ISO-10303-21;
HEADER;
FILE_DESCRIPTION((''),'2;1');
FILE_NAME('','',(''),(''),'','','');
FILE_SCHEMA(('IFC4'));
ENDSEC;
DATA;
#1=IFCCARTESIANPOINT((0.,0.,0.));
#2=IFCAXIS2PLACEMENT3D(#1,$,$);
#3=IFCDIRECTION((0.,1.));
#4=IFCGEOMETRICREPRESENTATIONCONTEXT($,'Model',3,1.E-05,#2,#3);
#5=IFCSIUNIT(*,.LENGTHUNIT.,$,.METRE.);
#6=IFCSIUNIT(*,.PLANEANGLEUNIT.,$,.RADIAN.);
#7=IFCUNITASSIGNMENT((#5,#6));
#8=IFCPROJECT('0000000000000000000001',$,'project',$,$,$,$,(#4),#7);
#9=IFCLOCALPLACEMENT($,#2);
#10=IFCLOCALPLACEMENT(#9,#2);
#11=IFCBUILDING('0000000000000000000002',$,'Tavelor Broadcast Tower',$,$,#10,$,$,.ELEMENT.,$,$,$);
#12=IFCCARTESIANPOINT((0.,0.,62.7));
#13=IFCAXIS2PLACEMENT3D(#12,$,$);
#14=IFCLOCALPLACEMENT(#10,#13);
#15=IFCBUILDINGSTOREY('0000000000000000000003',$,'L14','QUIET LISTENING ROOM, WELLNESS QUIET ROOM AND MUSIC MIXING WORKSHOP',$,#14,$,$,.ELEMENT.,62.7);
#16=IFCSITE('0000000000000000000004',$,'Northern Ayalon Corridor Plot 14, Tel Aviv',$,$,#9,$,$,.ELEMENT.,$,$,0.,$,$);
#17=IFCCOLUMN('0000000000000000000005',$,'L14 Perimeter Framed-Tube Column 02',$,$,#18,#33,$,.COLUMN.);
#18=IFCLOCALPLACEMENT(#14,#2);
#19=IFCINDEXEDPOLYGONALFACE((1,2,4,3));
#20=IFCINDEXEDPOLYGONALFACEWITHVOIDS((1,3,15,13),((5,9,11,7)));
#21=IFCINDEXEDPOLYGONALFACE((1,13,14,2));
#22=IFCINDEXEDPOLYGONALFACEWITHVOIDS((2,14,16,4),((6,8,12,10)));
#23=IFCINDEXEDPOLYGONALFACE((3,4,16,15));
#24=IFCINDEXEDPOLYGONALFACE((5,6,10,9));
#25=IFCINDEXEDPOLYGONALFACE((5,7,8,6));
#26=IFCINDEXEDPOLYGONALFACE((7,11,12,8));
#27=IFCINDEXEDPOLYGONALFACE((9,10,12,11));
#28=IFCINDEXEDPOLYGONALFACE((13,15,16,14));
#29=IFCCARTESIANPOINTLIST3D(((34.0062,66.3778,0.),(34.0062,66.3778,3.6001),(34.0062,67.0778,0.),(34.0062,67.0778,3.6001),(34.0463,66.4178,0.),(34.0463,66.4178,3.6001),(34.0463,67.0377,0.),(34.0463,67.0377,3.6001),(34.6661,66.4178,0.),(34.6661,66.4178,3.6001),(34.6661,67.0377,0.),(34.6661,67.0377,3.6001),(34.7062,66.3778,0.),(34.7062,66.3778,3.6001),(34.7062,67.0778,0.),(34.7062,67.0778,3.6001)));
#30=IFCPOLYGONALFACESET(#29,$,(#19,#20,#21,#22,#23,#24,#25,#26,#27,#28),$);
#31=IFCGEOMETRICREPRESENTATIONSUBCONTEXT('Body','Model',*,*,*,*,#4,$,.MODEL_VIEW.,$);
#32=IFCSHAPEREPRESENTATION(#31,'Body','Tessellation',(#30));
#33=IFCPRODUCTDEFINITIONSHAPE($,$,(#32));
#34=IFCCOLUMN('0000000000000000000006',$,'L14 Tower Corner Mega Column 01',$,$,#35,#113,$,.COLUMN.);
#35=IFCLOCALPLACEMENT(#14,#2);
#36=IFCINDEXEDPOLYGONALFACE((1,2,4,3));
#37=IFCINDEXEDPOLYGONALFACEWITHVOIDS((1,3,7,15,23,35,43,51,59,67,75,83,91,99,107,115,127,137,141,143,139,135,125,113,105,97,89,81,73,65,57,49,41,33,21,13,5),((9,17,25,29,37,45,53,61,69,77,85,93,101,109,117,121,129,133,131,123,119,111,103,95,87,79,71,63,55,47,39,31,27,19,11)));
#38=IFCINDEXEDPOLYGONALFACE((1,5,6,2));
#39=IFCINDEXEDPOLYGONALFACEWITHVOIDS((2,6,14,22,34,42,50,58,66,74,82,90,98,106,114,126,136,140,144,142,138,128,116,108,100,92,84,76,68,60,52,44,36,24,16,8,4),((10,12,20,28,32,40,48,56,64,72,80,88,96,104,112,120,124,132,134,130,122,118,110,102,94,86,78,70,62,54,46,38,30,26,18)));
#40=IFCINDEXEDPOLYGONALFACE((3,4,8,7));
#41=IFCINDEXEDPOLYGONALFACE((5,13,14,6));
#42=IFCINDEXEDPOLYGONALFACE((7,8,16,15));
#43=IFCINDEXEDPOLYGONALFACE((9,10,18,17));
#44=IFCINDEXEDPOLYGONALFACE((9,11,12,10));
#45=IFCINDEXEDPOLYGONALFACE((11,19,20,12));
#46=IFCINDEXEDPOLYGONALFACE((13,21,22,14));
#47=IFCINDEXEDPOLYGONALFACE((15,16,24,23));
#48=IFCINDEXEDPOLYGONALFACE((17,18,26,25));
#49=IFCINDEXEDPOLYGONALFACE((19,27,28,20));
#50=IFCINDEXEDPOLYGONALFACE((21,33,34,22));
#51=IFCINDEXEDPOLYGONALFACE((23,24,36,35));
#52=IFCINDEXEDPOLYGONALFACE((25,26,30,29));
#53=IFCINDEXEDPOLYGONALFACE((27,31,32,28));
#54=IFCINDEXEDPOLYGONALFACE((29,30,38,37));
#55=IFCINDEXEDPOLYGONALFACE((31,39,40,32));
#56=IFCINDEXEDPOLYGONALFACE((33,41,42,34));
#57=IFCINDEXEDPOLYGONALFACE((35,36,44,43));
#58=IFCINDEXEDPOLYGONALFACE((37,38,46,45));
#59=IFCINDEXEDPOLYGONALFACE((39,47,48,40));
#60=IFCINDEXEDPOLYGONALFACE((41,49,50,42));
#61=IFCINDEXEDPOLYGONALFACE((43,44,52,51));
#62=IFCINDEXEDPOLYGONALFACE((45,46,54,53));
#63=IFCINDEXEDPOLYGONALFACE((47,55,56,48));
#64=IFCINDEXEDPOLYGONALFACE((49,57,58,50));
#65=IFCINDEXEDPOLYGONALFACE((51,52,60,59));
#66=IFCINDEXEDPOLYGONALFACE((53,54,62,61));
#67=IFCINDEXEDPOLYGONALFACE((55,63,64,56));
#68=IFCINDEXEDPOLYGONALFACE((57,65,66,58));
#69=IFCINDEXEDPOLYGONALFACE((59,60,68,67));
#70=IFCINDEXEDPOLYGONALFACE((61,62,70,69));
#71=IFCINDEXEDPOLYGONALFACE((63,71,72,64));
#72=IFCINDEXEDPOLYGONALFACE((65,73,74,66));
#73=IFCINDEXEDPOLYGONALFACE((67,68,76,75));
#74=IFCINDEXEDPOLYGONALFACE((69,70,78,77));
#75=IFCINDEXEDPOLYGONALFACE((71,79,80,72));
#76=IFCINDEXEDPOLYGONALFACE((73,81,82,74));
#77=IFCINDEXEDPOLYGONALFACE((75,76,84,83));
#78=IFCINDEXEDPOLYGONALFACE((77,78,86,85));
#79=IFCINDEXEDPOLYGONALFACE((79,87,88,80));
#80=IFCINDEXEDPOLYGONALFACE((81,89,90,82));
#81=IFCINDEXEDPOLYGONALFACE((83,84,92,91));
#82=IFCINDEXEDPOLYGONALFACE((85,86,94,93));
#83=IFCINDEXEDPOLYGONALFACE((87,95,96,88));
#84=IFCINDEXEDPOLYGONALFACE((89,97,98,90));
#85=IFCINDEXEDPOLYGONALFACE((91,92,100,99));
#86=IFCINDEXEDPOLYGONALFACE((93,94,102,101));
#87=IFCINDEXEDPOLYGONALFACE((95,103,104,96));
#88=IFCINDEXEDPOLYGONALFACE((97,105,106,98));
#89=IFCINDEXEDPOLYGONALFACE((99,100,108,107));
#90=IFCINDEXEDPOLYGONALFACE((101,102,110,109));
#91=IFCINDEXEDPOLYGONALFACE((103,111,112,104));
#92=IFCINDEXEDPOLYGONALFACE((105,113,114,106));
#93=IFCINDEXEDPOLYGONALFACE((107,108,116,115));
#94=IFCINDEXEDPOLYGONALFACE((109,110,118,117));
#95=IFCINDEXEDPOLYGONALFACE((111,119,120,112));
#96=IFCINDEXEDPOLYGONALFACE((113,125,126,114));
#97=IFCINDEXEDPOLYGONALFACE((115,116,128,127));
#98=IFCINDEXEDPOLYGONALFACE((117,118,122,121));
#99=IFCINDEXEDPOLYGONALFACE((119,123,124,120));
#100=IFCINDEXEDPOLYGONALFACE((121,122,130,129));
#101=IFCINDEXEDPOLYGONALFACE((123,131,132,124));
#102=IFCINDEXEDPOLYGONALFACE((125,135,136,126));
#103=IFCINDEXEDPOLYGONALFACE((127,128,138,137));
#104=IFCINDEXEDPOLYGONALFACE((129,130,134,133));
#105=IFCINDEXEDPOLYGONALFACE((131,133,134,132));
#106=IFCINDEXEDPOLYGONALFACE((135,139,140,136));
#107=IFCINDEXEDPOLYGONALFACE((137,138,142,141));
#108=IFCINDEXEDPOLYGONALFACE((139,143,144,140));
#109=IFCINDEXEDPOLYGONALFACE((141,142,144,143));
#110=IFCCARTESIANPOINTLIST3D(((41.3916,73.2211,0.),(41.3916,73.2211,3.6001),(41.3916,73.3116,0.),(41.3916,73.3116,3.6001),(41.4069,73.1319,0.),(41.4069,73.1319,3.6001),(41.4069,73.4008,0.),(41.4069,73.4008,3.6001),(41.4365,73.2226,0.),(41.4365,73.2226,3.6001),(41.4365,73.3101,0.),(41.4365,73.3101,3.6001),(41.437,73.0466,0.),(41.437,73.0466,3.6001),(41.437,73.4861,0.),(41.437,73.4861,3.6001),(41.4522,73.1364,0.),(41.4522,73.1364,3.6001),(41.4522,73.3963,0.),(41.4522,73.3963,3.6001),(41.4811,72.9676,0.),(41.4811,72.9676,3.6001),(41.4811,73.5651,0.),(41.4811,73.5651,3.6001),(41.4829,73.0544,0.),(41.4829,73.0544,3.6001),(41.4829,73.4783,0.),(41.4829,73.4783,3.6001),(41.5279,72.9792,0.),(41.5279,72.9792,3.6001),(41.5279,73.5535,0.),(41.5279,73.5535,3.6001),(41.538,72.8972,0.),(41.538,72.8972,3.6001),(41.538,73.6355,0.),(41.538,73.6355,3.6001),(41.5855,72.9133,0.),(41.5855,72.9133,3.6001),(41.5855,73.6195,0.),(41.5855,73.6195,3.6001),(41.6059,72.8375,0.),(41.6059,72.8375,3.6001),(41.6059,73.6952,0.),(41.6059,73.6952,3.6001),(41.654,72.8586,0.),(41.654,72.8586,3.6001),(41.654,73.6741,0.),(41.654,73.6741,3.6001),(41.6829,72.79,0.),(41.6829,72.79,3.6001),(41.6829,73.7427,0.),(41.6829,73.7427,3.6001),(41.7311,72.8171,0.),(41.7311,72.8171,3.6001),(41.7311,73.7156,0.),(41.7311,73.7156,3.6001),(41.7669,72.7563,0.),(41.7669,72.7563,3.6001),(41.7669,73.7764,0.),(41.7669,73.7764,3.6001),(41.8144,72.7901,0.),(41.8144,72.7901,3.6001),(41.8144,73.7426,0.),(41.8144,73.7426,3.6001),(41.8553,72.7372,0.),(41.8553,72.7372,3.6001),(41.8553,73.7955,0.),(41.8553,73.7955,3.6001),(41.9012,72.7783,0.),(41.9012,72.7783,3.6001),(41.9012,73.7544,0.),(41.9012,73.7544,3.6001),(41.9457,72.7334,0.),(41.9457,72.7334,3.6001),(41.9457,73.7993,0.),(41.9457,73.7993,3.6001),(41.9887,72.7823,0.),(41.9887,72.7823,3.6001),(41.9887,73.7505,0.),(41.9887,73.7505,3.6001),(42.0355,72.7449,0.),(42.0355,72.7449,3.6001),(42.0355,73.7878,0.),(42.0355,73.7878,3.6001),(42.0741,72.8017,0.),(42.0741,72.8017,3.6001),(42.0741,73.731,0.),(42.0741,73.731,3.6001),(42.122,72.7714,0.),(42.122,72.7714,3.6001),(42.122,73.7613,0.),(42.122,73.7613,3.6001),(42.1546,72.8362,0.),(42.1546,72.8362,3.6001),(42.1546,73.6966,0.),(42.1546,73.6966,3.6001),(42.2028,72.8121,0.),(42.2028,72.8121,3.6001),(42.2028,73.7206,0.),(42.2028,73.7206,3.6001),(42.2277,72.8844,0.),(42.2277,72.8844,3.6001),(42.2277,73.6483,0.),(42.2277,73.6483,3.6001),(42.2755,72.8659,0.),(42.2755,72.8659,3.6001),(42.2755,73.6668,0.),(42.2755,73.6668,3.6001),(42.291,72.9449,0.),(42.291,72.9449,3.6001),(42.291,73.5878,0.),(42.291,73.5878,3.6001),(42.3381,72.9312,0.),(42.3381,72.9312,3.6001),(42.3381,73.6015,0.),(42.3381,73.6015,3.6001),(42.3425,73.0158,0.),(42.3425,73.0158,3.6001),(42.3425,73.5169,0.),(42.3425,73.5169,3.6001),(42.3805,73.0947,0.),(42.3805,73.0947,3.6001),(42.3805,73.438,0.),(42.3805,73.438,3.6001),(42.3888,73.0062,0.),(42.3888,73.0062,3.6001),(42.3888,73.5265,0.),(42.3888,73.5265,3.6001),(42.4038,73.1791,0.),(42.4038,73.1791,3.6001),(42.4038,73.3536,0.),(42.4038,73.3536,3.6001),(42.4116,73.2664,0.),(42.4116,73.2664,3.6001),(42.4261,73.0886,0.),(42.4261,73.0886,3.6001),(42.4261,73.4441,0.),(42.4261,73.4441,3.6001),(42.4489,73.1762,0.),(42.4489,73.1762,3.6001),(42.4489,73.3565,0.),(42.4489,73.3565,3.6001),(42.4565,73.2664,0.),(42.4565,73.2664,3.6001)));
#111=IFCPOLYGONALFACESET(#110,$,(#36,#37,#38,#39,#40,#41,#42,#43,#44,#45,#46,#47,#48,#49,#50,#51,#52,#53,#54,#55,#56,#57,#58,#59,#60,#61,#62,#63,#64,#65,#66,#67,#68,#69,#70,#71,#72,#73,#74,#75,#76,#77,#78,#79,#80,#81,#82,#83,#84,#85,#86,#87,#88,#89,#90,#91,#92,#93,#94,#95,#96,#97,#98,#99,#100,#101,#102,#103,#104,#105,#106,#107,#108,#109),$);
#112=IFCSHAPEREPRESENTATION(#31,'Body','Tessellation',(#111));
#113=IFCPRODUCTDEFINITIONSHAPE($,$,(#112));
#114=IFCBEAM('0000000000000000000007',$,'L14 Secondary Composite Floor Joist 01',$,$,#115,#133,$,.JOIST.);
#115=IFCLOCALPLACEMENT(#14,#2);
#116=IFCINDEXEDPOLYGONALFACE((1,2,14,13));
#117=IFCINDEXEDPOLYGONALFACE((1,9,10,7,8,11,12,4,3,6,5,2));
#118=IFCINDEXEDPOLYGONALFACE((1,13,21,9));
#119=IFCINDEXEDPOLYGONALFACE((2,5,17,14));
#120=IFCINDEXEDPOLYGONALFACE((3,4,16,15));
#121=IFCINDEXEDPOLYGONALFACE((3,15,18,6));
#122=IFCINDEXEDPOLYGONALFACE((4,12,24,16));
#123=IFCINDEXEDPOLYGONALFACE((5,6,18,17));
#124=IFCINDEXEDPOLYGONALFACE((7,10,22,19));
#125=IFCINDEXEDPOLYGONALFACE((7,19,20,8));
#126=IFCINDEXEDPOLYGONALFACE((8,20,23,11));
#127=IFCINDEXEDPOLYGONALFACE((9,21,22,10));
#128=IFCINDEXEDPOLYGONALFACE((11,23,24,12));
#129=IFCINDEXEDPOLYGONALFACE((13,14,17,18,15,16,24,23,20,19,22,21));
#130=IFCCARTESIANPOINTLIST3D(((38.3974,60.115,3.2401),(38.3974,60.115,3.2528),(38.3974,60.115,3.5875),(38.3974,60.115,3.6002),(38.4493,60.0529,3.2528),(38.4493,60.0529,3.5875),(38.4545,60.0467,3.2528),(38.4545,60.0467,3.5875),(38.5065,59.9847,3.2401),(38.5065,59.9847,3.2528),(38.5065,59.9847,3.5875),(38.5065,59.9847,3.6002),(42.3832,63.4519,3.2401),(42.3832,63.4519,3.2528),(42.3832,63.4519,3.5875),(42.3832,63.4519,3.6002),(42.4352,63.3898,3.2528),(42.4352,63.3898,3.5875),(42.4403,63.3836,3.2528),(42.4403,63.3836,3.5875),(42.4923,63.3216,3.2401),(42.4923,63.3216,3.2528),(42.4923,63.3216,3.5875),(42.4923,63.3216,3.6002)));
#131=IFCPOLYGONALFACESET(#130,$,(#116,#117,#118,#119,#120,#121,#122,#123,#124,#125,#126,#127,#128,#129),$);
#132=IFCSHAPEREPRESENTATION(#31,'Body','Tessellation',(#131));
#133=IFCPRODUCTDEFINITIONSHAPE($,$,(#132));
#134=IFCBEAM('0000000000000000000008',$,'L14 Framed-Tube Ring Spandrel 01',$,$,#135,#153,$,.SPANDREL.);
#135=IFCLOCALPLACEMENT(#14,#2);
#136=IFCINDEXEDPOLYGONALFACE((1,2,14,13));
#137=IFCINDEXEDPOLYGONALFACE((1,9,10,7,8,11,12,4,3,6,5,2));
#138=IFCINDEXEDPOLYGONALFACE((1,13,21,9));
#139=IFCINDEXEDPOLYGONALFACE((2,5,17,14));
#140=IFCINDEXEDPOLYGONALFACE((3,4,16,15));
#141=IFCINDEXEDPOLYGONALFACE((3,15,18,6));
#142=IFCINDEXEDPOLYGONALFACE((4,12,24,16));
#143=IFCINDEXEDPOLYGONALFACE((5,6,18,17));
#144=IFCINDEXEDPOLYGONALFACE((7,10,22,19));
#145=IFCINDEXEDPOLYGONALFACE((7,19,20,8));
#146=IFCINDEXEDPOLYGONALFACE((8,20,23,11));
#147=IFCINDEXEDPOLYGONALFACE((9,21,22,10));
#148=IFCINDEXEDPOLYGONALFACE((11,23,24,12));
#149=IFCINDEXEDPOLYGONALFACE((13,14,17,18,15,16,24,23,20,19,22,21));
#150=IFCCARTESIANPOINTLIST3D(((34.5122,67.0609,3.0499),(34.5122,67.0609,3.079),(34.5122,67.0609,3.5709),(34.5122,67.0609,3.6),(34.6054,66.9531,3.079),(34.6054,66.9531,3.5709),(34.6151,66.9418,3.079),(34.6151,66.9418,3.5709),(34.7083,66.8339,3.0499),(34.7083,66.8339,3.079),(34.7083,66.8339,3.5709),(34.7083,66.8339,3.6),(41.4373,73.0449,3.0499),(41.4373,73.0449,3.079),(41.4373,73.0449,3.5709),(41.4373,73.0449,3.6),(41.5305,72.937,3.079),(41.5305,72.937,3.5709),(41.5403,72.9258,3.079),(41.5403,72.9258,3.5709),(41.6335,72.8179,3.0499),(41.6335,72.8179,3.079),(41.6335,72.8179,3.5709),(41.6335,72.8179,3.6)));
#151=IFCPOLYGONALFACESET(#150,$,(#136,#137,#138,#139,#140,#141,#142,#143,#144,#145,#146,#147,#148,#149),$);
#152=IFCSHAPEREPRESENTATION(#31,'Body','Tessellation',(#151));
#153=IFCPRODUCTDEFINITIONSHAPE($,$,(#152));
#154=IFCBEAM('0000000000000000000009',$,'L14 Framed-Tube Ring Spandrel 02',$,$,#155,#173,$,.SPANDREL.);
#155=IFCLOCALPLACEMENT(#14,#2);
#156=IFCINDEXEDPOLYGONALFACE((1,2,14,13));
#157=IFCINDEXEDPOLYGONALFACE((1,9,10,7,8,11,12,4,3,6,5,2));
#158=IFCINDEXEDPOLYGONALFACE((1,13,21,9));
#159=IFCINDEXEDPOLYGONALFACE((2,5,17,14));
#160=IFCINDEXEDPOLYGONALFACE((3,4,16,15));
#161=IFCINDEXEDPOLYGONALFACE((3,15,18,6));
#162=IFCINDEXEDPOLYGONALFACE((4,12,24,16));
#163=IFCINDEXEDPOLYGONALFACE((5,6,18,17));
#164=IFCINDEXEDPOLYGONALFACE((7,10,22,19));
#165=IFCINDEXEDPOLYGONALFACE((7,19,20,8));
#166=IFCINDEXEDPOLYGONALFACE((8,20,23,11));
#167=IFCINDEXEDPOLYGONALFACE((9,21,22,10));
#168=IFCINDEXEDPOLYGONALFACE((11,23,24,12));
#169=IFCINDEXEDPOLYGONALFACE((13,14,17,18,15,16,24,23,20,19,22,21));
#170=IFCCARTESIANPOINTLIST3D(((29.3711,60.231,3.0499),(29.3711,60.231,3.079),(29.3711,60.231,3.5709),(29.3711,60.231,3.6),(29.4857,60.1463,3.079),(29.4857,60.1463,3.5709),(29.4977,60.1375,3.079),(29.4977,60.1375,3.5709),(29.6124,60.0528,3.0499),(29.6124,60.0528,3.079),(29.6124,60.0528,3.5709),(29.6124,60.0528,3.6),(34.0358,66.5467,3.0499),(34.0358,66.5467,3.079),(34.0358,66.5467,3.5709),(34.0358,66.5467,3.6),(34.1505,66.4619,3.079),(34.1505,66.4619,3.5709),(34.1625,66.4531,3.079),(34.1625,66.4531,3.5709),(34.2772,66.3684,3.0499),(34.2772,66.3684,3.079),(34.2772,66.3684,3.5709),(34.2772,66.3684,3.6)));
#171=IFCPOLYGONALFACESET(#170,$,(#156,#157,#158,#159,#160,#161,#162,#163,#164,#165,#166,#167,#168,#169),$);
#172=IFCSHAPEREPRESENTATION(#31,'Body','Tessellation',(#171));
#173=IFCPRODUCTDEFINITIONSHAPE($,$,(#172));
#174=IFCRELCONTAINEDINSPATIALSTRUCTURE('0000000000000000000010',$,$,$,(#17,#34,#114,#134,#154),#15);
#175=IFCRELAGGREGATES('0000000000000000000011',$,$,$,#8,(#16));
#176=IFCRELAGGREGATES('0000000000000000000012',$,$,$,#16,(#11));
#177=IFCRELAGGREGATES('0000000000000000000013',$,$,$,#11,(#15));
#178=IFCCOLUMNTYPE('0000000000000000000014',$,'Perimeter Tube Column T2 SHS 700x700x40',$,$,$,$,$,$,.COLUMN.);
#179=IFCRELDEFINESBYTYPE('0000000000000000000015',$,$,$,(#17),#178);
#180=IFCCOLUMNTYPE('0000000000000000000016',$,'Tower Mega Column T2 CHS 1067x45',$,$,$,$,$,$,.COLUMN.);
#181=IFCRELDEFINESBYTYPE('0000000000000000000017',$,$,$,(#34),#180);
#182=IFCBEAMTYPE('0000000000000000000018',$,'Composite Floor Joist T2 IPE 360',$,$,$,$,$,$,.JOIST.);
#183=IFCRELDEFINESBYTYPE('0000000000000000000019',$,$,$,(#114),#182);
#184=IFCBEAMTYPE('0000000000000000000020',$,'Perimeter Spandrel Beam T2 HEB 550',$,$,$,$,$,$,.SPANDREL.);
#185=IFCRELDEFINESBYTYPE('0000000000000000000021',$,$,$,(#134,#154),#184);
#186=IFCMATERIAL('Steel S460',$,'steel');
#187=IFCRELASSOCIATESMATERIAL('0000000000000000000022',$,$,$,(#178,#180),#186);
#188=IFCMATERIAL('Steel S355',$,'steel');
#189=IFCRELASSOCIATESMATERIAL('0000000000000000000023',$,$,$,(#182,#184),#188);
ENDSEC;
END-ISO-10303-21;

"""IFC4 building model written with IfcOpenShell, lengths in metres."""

from ifc_helpers import new_model, si_unit, direction, frame, origin, origin_2d, place, context, subcontext, project, spatial, hollow_rectangle, hollow_circle, i_section, extrude, material, material_profile, profile_set, type_object, element, save


model = new_model("IFC4")

# Units and contexts
model_context = context("Model", 3, precision=1e-05, world=origin(), true_north=direction((0.0, 1.0)))
body_context = subcontext(model_context, "Body", "Model", "MODEL_VIEW")
ifc_project = project(units=[si_unit("LENGTHUNIT", "METRE"), si_unit("PLANEANGLEUNIT", "RADIAN")], contexts=[model_context])

# Site, building, storey
site_placement = place(None, origin())
site = spatial("IfcSite", under=ifc_project, at=site_placement, Name="Northern Ayalon Corridor Plot 14, Tel Aviv", CompositionType="ELEMENT", RefElevation=0.0)
building_placement = place(site_placement, origin())
building = spatial("IfcBuilding", under=site, at=building_placement, Name="Tavelor Broadcast Tower", CompositionType="ELEMENT")
storey_placement = place(building_placement, frame((0.0, 0.0, 62.7)))
storey = spatial("IfcBuildingStorey", under=building, at=storey_placement, Name="L14", Description="QUIET LISTENING ROOM, WELLNESS QUIET ROOM AND MUSIC MIXING WORKSHOP", CompositionType="ELEMENT", Elevation=62.7)

# Columns
ifc_material_1 = material(Name="Steel S460", Category="steel")
ifc_material_profile_1 = material_profile(ifc_material_1, hollow_rectangle(XDim=0.7, YDim=0.7, WallThickness=0.04, at=origin_2d()), Name="SHS 700x700x40")
ifc_profile_set_1 = profile_set([ifc_material_profile_1], Name="Steel S460")
column_type_1 = type_object("IfcColumnType", Name="Perimeter Tube Column T2 SHS 700x700x40", PredefinedType="COLUMN", material=ifc_profile_set_1)
column_1_placement = place(storey_placement, frame((34.3562, 66.7278, 0.0), z_axis=(0.0, 0.0, 1.0), x_axis=(1.0, 0.0, 0.0)))
element("IfcColumn", 1, at=column_1_placement, inside=storey, type_object=column_type_1, Name="L14 Perimeter Framed-Tube Column 02", PredefinedType="COLUMN", context=body_context, shape_type="SweptSolid", body=[
    extrude(hollow_rectangle(XDim=0.7, YDim=0.7, WallThickness=0.04, at=origin_2d()), origin(), (0.0, 0.0, 1.0), 3.6001),
])
ifc_material_profile_2 = material_profile(ifc_material_1, hollow_circle(Radius=0.5334, WallThickness=0.0449, at=origin_2d()), Name="CHS 1067x45")
ifc_profile_set_2 = profile_set([ifc_material_profile_2], Name="Steel S460")
column_type_2 = type_object("IfcColumnType", Name="Tower Mega Column T2 CHS 1067x45", PredefinedType="COLUMN", material=ifc_profile_set_2)
column_2_placement = place(storey_placement, frame((41.9231, 73.2664, 0.0), z_axis=(0.0, 0.0, 1.0), x_axis=(1.0, 0.0, 0.0)))
element("IfcColumn", 2, at=column_2_placement, inside=storey, type_object=column_type_2, Name="L14 Tower Corner Mega Column 01", PredefinedType="COLUMN", context=body_context, shape_type="SweptSolid", body=[
    extrude(hollow_circle(Radius=0.5334, WallThickness=0.0449, at=origin_2d()), origin(), (0.0, 0.0, 1.0), 3.6001),
])

# Beams
ifc_material_2 = material(Name="Steel S355", Category="steel")
ifc_material_profile_3 = material_profile(ifc_material_2, i_section(OverallWidth=0.1699, OverallDepth=0.3601, WebThickness=0.0081, FlangeThickness=0.0127, at=origin_2d()), Name="IPE 360")
ifc_profile_set_3 = profile_set([ifc_material_profile_3], Name="Steel S355")
beam_type_1 = type_object("IfcBeamType", Name="Composite Floor Joist T2 IPE 360", PredefinedType="JOIST", material=ifc_profile_set_3)
beam_1_placement = place(storey_placement, frame((42.4377, 63.3867, 3.4202), z_axis=(-0.766764, -0.641929, 0.0), x_axis=(0.641929, -0.766764, 0.0)))
element("IfcBeam", 3, at=beam_1_placement, inside=storey, type_object=beam_type_1, Name="L14 Secondary Composite Floor Joist 01", PredefinedType="JOIST", context=body_context, shape_type="SweptSolid", body=[
    extrude(i_section(OverallWidth=0.1699, OverallDepth=0.3601, WebThickness=0.0081, FlangeThickness=0.0127, at=origin_2d()), origin(), (0.0, 0.0, 1.0), 5.1982),
])
ifc_material_profile_4 = material_profile(ifc_material_2, i_section(OverallWidth=0.3, OverallDepth=0.55, WebThickness=0.0149, FlangeThickness=0.0291, at=origin_2d()), Name="HEB 550")
ifc_profile_set_4 = profile_set([ifc_material_profile_4], Name="Steel S355")
beam_type_2 = type_object("IfcBeamType", Name="Perimeter Spandrel Beam T2 HEB 550", PredefinedType="SPANDREL", material=ifc_profile_set_4)
beam_2_placement = place(storey_placement, frame((41.5354, 72.9314, 3.325), z_axis=(-0.756652, -0.653818, 0.0), x_axis=(0.653818, -0.756652, 0.0)))
element("IfcBeam", 4, at=beam_2_placement, inside=storey, type_object=beam_type_2, Name="L14 Framed-Tube Ring Spandrel 01", PredefinedType="SPANDREL", context=body_context, shape_type="SweptSolid", body=[
    extrude(i_section(OverallWidth=0.3, OverallDepth=0.55, WebThickness=0.0149, FlangeThickness=0.0291, at=origin_2d()), origin(), (0.0, 0.0, 1.0), 9.1523),
])
beam_3_placement = place(storey_placement, frame((34.1565, 66.4575, 3.325), z_axis=(-0.594118, -0.804378, 0.0), x_axis=(0.804378, -0.594118, 0.0)))
element("IfcBeam", 5, at=beam_3_placement, inside=storey, type_object=beam_type_2, Name="L14 Framed-Tube Ring Spandrel 02", PredefinedType="SPANDREL", context=body_context, shape_type="SweptSolid", body=[
    extrude(i_section(OverallWidth=0.3, OverallDepth=0.55, WebThickness=0.0149, FlangeThickness=0.0291, at=origin_2d()), origin(), (0.0, 0.0, 1.0), 7.8516),
])

save(model, "model.ifc")
